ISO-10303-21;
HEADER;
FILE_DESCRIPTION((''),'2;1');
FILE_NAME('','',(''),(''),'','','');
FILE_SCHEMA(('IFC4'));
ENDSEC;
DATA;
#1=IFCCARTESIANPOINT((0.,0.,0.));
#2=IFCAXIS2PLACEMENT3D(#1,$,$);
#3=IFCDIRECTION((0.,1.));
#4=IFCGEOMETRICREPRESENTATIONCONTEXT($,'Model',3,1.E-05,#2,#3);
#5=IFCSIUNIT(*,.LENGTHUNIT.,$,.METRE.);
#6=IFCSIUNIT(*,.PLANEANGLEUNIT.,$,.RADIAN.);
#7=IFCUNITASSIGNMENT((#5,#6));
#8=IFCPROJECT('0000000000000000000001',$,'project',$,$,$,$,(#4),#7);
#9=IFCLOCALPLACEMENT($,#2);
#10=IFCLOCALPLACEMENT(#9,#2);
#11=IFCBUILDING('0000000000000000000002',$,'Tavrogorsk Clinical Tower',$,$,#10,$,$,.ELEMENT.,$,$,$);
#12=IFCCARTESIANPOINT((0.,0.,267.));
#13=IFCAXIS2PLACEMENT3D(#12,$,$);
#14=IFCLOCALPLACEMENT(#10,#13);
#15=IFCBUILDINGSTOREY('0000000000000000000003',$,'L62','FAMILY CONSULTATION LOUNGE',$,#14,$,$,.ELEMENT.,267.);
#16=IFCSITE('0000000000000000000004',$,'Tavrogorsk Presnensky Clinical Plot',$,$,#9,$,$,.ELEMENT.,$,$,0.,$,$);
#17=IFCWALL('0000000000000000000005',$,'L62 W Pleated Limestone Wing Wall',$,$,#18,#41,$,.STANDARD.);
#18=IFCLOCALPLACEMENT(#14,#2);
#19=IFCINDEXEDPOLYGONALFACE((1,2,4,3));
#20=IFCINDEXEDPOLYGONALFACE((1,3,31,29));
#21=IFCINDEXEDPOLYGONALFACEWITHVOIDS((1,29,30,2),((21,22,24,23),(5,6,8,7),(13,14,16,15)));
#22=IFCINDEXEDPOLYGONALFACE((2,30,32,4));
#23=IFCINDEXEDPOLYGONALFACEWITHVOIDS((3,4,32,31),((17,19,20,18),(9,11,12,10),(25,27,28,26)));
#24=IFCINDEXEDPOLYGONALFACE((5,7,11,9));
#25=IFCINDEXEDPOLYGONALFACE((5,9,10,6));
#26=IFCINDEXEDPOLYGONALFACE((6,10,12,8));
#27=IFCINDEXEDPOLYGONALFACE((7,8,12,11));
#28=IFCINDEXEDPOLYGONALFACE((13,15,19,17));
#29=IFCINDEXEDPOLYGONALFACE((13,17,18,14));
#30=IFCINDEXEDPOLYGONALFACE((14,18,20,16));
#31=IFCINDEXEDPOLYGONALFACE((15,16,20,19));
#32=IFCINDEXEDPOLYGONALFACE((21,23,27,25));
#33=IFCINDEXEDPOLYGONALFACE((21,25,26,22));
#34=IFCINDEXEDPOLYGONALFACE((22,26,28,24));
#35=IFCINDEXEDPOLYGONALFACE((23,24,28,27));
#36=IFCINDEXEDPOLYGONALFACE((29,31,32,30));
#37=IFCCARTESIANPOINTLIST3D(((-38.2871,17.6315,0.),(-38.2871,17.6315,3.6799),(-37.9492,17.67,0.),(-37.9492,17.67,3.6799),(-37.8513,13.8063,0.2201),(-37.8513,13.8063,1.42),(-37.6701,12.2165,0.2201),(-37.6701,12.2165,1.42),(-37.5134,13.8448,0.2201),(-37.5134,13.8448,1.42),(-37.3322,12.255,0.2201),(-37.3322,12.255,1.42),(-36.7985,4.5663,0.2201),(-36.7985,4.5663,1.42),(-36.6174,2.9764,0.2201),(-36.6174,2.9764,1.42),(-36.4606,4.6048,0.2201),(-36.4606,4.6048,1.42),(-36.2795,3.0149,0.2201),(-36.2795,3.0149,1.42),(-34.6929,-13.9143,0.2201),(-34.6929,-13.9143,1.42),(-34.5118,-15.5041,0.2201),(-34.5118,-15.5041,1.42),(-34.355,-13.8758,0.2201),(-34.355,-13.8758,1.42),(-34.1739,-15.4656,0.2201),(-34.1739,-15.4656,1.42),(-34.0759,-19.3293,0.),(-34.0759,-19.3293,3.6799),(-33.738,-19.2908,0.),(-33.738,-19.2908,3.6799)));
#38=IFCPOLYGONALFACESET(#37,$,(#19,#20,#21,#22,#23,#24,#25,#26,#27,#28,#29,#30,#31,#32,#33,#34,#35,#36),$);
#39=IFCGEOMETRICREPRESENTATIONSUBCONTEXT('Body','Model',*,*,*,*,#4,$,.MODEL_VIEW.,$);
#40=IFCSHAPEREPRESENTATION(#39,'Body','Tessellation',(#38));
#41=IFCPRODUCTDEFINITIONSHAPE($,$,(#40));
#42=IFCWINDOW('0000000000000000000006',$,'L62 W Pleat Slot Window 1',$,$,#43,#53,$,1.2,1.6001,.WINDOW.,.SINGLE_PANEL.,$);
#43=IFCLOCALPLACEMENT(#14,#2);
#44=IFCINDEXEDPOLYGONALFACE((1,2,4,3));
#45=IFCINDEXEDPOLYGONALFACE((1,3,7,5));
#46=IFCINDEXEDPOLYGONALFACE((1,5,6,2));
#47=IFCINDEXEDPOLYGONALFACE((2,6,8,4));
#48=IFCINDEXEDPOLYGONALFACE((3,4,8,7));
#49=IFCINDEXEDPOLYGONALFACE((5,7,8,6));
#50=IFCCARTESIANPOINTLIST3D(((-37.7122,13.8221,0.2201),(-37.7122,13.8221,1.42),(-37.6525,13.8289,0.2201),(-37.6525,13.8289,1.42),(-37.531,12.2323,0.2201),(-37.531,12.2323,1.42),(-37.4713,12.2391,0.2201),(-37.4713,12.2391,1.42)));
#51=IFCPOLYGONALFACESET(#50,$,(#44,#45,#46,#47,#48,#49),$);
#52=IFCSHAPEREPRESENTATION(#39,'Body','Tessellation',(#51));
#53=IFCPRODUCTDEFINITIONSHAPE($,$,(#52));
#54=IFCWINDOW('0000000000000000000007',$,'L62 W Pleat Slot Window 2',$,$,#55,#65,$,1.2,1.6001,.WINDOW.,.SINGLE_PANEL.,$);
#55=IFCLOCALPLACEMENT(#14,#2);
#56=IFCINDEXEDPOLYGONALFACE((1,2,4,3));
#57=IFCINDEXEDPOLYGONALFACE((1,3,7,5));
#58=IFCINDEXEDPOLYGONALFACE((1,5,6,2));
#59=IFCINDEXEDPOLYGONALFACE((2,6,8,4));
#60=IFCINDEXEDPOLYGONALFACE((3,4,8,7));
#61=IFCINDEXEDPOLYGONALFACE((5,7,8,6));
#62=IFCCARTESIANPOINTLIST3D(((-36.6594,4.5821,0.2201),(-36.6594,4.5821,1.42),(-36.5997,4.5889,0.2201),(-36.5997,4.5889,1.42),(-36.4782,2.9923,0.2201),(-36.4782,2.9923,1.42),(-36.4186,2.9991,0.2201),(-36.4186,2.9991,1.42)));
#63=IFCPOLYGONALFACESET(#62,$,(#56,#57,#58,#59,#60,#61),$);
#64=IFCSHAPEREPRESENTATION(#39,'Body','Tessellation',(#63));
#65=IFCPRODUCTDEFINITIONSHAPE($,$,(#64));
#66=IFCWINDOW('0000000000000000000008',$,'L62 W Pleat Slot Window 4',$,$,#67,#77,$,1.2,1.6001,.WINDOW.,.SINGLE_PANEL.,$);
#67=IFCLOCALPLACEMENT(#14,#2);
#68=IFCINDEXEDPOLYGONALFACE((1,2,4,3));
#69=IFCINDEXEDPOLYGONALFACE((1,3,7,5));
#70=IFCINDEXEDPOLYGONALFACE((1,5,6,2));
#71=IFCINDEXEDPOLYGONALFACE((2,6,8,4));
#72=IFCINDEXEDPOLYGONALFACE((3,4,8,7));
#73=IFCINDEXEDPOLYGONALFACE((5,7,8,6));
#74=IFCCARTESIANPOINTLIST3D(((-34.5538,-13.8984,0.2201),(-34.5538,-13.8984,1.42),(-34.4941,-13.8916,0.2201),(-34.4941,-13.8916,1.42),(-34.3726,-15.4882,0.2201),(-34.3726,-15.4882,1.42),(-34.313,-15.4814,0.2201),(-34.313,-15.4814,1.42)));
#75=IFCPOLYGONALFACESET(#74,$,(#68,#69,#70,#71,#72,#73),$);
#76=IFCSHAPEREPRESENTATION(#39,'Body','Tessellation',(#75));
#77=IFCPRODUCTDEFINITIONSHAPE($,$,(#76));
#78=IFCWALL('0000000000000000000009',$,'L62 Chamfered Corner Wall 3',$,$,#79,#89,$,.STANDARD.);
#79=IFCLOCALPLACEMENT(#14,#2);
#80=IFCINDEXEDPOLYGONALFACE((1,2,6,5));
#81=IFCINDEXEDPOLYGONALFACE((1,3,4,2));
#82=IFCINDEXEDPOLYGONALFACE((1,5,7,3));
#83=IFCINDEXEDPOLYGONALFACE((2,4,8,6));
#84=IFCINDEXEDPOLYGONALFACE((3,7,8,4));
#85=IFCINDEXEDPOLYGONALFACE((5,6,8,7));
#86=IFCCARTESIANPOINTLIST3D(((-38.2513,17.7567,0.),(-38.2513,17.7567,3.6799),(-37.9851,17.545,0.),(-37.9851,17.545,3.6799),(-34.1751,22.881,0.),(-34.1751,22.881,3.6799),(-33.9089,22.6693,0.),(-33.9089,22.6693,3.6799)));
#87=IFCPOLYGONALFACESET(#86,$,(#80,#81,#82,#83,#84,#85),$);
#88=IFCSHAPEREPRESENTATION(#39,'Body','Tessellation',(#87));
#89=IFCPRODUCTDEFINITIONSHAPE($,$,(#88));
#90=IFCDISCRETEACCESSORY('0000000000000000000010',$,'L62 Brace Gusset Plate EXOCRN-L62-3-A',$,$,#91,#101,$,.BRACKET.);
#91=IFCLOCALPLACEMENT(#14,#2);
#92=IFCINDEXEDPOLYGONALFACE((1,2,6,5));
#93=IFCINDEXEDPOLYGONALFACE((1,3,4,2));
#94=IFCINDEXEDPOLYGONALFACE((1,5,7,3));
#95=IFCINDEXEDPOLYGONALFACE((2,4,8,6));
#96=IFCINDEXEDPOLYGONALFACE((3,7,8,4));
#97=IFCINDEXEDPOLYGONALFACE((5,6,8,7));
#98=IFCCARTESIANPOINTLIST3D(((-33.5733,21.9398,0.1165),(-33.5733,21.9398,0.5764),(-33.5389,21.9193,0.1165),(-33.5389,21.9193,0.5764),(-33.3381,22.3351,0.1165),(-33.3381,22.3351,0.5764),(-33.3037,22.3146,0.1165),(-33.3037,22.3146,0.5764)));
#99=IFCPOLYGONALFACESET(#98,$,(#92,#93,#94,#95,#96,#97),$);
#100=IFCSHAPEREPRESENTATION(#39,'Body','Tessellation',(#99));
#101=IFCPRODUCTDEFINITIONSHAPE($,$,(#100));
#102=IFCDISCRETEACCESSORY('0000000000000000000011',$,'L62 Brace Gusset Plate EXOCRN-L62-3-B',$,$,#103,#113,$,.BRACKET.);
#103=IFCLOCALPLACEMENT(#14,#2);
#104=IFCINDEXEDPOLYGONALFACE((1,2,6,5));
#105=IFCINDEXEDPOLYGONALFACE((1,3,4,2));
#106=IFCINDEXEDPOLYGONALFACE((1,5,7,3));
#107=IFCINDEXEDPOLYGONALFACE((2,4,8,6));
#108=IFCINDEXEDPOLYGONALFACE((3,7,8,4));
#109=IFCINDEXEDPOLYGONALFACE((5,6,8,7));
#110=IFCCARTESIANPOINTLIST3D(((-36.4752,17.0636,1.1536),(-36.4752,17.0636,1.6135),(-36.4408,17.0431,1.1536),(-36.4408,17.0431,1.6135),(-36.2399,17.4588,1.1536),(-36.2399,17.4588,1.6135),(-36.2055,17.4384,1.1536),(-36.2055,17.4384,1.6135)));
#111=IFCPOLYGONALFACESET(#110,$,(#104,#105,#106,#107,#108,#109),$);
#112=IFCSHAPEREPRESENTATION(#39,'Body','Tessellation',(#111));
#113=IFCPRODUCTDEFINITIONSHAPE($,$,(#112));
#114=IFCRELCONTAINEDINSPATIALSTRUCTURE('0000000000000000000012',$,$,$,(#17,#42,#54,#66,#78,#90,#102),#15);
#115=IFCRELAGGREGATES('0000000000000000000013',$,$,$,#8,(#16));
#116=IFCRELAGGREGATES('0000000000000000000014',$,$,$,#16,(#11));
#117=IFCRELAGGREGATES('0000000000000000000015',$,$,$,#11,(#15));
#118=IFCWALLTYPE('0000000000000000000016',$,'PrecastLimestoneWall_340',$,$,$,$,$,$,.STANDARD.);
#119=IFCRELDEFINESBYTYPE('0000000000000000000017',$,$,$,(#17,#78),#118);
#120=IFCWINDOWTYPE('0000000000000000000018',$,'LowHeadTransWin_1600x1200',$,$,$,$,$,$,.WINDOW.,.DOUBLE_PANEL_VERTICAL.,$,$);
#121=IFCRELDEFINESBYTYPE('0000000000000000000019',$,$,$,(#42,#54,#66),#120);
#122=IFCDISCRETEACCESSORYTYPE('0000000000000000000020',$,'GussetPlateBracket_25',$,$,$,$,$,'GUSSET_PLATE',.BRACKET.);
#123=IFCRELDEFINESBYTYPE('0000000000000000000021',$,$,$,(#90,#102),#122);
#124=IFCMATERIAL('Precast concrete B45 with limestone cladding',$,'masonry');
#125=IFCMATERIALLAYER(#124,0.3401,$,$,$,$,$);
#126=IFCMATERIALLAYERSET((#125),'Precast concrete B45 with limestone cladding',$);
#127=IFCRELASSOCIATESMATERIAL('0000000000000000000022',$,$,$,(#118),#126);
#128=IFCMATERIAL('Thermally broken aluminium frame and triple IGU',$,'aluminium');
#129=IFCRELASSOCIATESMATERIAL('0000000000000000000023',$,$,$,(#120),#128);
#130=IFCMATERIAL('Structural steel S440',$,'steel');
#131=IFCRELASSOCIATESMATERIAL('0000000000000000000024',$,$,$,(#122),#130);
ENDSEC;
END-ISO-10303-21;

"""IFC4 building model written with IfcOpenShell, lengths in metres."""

from ifc_helpers import new_model, si_unit, direction, frame, frame_2d, origin, origin_2d, place, context, subcontext, project, spatial, rectangle, extrude, material, layer, layer_set, type_object, element, fill, save


model = new_model("IFC4")

# Units and contexts
model_context = context("Model", 3, precision=1e-05, world=origin(), true_north=direction((0.0, 1.0)))
body_context = subcontext(model_context, "Body", "Model", "MODEL_VIEW")
ifc_project = project(units=[si_unit("LENGTHUNIT", "METRE"), si_unit("PLANEANGLEUNIT", "RADIAN")], contexts=[model_context])

# Site, building, storey
site_placement = place(None, origin())
site = spatial("IfcSite", under=ifc_project, at=site_placement, Name="Tavrogorsk Presnensky Clinical Plot", CompositionType="ELEMENT", RefElevation=0.0)
building_placement = place(site_placement, origin())
building = spatial("IfcBuilding", under=site, at=building_placement, Name="Tavrogorsk Clinical Tower", CompositionType="ELEMENT")
storey_placement = place(building_placement, frame((0.0, 0.0, 267.0)))
storey = spatial("IfcBuildingStorey", under=building, at=storey_placement, Name="L62", Description="FAMILY CONSULTATION LOUNGE", CompositionType="ELEMENT", Elevation=267.0)

# Wall, openings, windows
ifc_material_1 = material(Name="Precast concrete B45 with limestone cladding", Category="masonry")
ifc_layer = layer(ifc_material_1, 0.3401)
ifc_layer_set = layer_set([ifc_layer], Name="Precast concrete B45 with limestone cladding")
wall_type = type_object("IfcWallType", Name="PrecastLimestoneWall_340", PredefinedType="STANDARD", material=ifc_layer_set)
wall_1_placement = place(storey_placement, frame((-38.1182, 17.6509, 0.0), z_axis=(0.0, 0.0, 1.0), x_axis=(0.113204, -0.993572, 0.0)))
wall_1 = element("IfcWall", 1, at=wall_1_placement, inside=storey, type_object=wall_type, Name="L62 W Pleated Limestone Wing Wall", PredefinedType="STANDARD", context=body_context, shape_type="SweptSolid", body=[
    extrude(rectangle(XDim=37.2, YDim=0.3401, at=frame_2d((18.6001, 0.0))), origin(), (0.0, 0.0, 1.0), 3.6799),
])
opening_1_placement = place(wall_1_placement, frame((3.8501, 0.0, 0.22)))
opening_1 = element("IfcOpeningElement", 2, at=opening_1_placement, cuts=wall_1, PredefinedType="OPENING", context=body_context, shape_type="SweptSolid", body=[
    extrude(rectangle(XDim=1.6001, YDim=1.2, at=frame_2d((0.8, 0.6001))), frame((0.0, 0.1799, 0.0), z_axis=(0.0, -1.0, 0.0), x_axis=(1.0, 0.0, 0.0)), (0.0, 0.0, 1.0), 0.3601),
])
opening_2_placement = place(wall_1_placement, frame((13.1499, 0.0, 0.22)))
opening_2 = element("IfcOpeningElement", 3, at=opening_2_placement, cuts=wall_1, PredefinedType="OPENING", context=body_context, shape_type="SweptSolid", body=[
    extrude(rectangle(XDim=1.6001, YDim=1.2, at=frame_2d((0.8, 0.6001))), frame((0.0, 0.1799, 0.0), z_axis=(0.0, -1.0, 0.0), x_axis=(1.0, 0.0, 0.0)), (0.0, 0.0, 1.0), 0.3601),
])
opening_3_placement = place(wall_1_placement, frame((31.75, 0.0, 0.22)))
opening_3 = element("IfcOpeningElement", 4, at=opening_3_placement, cuts=wall_1, PredefinedType="OPENING", context=body_context, shape_type="SweptSolid", body=[
    extrude(rectangle(XDim=1.6001, YDim=1.2, at=frame_2d((0.8, 0.6001))), frame((0.0, 0.1799, 0.0), z_axis=(0.0, -1.0, 0.0), x_axis=(1.0, 0.0, 0.0)), (0.0, 0.0, 1.0), 0.3601),
])
ifc_material_2 = material(Name="Thermally broken aluminium frame and triple IGU", Category="aluminium")
window_type = type_object("IfcWindowType", Name="LowHeadTransWin_1600x1200", PartitioningType="DOUBLE_PANEL_VERTICAL", PredefinedType="WINDOW", material=ifc_material_2)
window_1_placement = place(opening_1_placement, origin())
window_1 = element("IfcWindow", 5, at=window_1_placement, inside=storey, type_object=window_type, Name="L62 W Pleat Slot Window 1", OverallHeight=1.2, OverallWidth=1.6001, PartitioningType="SINGLE_PANEL", PredefinedType="WINDOW", context=body_context, shape_type="SweptSolid", body=[
    extrude(rectangle(XDim=1.6001, YDim=1.2, at=frame_2d((0.8, 0.6001))), frame((0.0, 0.03, 0.0), z_axis=(0.0, -1.0, 0.0), x_axis=(1.0, 0.0, 0.0)), (0.0, 0.0, 1.0), 0.0601),
])
fill(opening_1, window_1)
window_2_placement = place(opening_2_placement, origin())
window_2 = element("IfcWindow", 6, at=window_2_placement, inside=storey, type_object=window_type, Name="L62 W Pleat Slot Window 2", OverallHeight=1.2, OverallWidth=1.6001, PartitioningType="SINGLE_PANEL", PredefinedType="WINDOW", context=body_context, shape_type="SweptSolid", body=[
    extrude(rectangle(XDim=1.6001, YDim=1.2, at=frame_2d((0.8, 0.6001))), frame((0.0, 0.03, 0.0), z_axis=(0.0, -1.0, 0.0), x_axis=(1.0, 0.0, 0.0)), (0.0, 0.0, 1.0), 0.0601),
])
fill(opening_2, window_2)
window_3_placement = place(opening_3_placement, origin())
window_3 = element("IfcWindow", 7, at=window_3_placement, inside=storey, type_object=window_type, Name="L62 W Pleat Slot Window 4", OverallHeight=1.2, OverallWidth=1.6001, PartitioningType="SINGLE_PANEL", PredefinedType="WINDOW", context=body_context, shape_type="SweptSolid", body=[
    extrude(rectangle(XDim=1.6001, YDim=1.2, at=frame_2d((0.8, 0.6001))), frame((0.0, 0.03, 0.0), z_axis=(0.0, -1.0, 0.0), x_axis=(1.0, 0.0, 0.0)), (0.0, 0.0, 1.0), 0.0601),
])
fill(opening_3, window_3)

# Wall
wall_2_placement = place(storey_placement, frame((-34.042, 22.7751, 0.0), z_axis=(0.0, 0.0, 1.0), x_axis=(-0.622528, -0.782597, 0.0)))
element("IfcWall", 8, at=wall_2_placement, inside=storey, type_object=wall_type, Name="L62 Chamfered Corner Wall 3", PredefinedType="STANDARD", context=body_context, shape_type="SweptSolid", body=[
    extrude(rectangle(XDim=6.5479, YDim=0.3401, at=frame_2d((3.2739, 0.0))), origin(), (0.0, 0.0, 1.0), 3.6799),
])

# Discrete accessories
ifc_material_3 = material(Name="Structural steel S440", Category="steel")
discrete_accessory_type = type_object("IfcDiscreteAccessoryType", Name="GussetPlateBracket_25", ElementType="GUSSET_PLATE", PredefinedType="BRACKET", material=ifc_material_3)
for number, where, z_axis, x_axis, name in (
    (9, (-33.4385, 22.1272, 0.1165), (0.0, 0.0, 1.0), (-0.511443, -0.859317, 0.0), "L62 Brace Gusset Plate EXOCRN-L62-3-A"),
    (10, (-36.3403, 17.251, 1.1536), (0.0, 0.0, 1.0), (-0.511443, -0.859317, 0.0), "L62 Brace Gusset Plate EXOCRN-L62-3-B"),
):
    element("IfcDiscreteAccessory", number, at=place(storey_placement, frame(where, z_axis=z_axis, x_axis=x_axis)), inside=storey, type_object=discrete_accessory_type, Name=name, PredefinedType="BRACKET", context=body_context, shape_type="SweptSolid", body=[
        extrude(rectangle(XDim=0.46, YDim=0.04, at=origin_2d()), origin(), (0.0, 0.0, 1.0), 0.46),
    ])

save(model, "model.ifc")
